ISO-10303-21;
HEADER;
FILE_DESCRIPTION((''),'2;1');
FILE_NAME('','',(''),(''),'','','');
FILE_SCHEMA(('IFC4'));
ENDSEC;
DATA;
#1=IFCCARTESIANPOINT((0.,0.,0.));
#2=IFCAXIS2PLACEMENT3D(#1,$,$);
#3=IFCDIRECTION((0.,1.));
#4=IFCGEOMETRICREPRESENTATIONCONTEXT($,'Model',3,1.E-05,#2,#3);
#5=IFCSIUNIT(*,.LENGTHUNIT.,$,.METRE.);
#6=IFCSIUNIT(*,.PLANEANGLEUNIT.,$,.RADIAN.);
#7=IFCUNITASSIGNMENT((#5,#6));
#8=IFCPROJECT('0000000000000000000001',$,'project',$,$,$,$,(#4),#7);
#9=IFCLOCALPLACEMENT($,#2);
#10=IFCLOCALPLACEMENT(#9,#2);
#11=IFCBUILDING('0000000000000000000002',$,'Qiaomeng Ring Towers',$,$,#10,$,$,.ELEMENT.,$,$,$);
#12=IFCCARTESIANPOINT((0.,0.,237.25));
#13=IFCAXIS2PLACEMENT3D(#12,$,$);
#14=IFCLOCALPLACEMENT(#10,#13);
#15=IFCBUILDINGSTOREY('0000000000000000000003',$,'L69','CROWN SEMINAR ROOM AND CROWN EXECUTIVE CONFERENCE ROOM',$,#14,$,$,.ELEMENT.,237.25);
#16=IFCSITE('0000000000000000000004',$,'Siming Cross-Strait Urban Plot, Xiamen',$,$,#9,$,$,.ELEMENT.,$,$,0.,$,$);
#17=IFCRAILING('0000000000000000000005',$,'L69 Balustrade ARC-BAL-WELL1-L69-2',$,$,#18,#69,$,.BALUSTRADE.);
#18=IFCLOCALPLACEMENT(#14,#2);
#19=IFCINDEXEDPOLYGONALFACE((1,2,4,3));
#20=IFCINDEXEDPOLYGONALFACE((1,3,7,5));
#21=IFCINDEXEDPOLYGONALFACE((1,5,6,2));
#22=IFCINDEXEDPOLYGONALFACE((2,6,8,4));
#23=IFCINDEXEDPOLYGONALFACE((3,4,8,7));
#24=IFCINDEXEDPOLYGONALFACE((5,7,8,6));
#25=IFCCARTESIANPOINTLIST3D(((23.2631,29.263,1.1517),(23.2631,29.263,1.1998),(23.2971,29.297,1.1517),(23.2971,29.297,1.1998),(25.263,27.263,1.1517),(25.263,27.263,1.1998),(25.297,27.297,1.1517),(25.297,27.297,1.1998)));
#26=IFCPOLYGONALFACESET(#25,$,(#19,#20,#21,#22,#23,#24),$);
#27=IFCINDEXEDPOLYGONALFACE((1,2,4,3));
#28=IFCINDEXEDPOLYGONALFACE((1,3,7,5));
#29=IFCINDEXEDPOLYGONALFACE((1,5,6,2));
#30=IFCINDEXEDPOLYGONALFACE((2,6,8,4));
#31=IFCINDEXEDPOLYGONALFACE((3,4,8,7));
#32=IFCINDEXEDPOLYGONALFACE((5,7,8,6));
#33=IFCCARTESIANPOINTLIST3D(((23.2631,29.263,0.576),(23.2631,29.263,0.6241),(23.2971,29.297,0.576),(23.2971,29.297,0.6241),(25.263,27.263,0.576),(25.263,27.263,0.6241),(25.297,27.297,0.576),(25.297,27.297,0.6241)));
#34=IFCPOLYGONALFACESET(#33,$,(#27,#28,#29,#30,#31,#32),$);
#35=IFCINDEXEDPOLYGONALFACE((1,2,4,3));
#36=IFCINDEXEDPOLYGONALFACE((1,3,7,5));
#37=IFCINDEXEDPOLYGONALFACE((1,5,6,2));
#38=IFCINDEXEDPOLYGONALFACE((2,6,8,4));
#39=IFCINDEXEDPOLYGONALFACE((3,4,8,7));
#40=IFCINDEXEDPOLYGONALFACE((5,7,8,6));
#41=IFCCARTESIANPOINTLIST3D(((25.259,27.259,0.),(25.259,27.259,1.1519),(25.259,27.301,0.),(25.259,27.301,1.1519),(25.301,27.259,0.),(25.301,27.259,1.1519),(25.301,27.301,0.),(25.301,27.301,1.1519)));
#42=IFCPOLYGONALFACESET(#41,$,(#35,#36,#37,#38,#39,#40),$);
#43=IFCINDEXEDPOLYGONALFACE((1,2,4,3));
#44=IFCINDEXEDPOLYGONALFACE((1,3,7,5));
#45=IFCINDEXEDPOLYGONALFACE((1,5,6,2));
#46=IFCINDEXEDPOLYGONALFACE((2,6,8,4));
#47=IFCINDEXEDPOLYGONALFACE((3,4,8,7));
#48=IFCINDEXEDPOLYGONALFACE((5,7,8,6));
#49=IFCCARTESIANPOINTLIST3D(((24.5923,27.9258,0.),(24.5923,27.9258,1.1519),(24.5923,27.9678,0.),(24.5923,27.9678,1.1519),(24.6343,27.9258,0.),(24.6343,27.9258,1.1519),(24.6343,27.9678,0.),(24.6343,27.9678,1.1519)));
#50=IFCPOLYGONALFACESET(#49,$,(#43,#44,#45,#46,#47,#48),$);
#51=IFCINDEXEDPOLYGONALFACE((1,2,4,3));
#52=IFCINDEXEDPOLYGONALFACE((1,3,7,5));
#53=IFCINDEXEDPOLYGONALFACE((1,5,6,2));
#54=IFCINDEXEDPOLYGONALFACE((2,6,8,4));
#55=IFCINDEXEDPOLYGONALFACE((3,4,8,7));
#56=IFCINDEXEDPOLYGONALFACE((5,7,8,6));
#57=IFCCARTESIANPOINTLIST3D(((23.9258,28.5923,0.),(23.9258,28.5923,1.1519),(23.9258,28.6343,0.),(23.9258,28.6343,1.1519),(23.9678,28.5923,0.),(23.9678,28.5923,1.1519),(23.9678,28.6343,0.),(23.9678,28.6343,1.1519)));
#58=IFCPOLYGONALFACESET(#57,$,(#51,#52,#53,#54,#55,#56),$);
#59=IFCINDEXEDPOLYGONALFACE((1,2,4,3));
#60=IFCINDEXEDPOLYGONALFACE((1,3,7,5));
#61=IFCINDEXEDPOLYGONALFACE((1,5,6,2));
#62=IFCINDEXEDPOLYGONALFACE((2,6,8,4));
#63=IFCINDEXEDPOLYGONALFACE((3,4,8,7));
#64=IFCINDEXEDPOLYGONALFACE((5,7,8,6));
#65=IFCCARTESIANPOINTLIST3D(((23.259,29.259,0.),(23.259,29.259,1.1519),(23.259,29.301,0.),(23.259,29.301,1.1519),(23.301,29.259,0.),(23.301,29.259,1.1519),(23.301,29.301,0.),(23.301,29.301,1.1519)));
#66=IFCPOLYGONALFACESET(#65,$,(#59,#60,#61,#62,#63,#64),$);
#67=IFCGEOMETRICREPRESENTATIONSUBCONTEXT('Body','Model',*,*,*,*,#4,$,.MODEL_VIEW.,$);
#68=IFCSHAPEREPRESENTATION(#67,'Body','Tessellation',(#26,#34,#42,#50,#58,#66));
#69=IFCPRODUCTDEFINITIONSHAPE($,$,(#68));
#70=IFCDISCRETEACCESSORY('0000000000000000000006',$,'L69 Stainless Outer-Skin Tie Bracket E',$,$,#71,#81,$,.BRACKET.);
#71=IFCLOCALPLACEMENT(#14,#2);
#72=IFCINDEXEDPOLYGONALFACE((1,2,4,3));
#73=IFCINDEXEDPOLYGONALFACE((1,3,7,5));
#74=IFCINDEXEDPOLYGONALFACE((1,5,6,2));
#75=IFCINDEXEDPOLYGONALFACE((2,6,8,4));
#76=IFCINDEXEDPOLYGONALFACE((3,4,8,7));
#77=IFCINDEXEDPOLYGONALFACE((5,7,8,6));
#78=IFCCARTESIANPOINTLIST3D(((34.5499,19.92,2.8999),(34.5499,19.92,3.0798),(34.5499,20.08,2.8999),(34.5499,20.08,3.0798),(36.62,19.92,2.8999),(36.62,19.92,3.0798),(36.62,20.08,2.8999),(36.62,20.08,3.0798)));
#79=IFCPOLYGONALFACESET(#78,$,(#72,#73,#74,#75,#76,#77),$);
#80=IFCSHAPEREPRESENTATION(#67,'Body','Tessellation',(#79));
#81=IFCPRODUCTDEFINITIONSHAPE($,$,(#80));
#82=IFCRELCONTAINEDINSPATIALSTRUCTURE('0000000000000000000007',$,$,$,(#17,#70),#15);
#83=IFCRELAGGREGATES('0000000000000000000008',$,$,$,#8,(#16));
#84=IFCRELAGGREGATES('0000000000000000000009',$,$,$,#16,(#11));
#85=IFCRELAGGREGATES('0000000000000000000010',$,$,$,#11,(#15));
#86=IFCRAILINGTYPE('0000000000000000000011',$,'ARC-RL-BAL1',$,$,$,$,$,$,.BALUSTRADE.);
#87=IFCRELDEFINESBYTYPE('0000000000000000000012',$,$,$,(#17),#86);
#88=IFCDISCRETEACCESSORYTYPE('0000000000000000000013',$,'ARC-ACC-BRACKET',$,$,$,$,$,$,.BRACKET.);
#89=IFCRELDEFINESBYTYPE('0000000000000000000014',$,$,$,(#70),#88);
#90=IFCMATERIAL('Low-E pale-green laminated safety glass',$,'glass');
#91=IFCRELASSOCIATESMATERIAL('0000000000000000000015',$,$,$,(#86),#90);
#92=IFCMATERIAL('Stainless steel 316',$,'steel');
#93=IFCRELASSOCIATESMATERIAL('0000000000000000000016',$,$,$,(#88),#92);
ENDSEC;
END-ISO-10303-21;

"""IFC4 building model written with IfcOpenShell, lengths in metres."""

from ifc_helpers import new_model, si_unit, direction, frame, origin, origin_2d, place, context, subcontext, project, spatial, rectangle, extrude, source, transform, mapped, material, type_object, element, save


model = new_model("IFC4")

# Units and contexts
model_context = context("Model", 3, precision=1e-05, world=origin(), true_north=direction((0.0, 1.0)))
body_context = subcontext(model_context, "Body", "Model", "MODEL_VIEW")
ifc_project = project(units=[si_unit("LENGTHUNIT", "METRE"), si_unit("PLANEANGLEUNIT", "RADIAN")], contexts=[model_context])

# Site, building, storey
site_placement = place(None, origin())
site = spatial("IfcSite", under=ifc_project, at=site_placement, Name="Siming Cross-Strait Urban Plot, Xiamen", CompositionType="ELEMENT", RefElevation=0.0)
building_placement = place(site_placement, origin())
building = spatial("IfcBuilding", under=site, at=building_placement, Name="Qiaomeng Ring Towers", CompositionType="ELEMENT")
storey_placement = place(building_placement, frame((0.0, 0.0, 237.25)))
storey = spatial("IfcBuildingStorey", under=building, at=storey_placement, Name="L69", Description="CROWN SEMINAR ROOM AND CROWN EXECUTIVE CONFERENCE ROOM", CompositionType="ELEMENT", Elevation=237.25)

# Shared definitions
ifc_material_1 = material(Name="Stainless steel 316", Category="steel")

# Railing
ifc_material_2 = material(Name="Low-E pale-green laminated safety glass", Category="glass")
railing_type = type_object("IfcRailingType", Name="ARC-RL-BAL1", PredefinedType="BALUSTRADE", material=ifc_material_2)
railing_placement = place(storey_placement, frame((25.28, 27.28, 0.0)))
element("IfcRailing", 1, at=railing_placement, inside=storey, type_object=railing_type, Name="L69 Balustrade ARC-BAL-WELL1-L69-2", PredefinedType="BALUSTRADE", context=body_context, shape_type="SweptSolid", body=[
    extrude(rectangle(XDim=0.0481, YDim=0.0481, at=origin_2d()), frame((0.0, 0.0, 1.1758), z_axis=(-0.707107, 0.707107, 0.0), x_axis=(-0.707107, -0.707107, 0.0)), (0.0, 0.0, 1.0), 2.8284),
    extrude(rectangle(XDim=0.0481, YDim=0.0481, at=origin_2d()), frame((0.0, 0.0, 0.6001), z_axis=(-0.707107, 0.707107, 0.0), x_axis=(-0.707107, -0.707107, 0.0)), (0.0, 0.0, 1.0), 2.8284),
    extrude(rectangle(XDim=0.042, YDim=0.042, at=origin_2d()), origin(), (0.0, 0.0, 1.0), 1.1519),
    extrude(rectangle(XDim=0.042, YDim=0.042, at=origin_2d()), frame((-0.6667, 0.6667, 0.0)), (0.0, 0.0, 1.0), 1.1519),
    extrude(rectangle(XDim=0.042, YDim=0.042, at=origin_2d()), frame((-1.3333, 1.3333, 0.0)), (0.0, 0.0, 1.0), 1.1519),
    extrude(rectangle(XDim=0.042, YDim=0.042, at=origin_2d()), frame((-2.0, 2.0, 0.0)), (0.0, 0.0, 1.0), 1.1519),
])

# Discrete accessory
discrete_accessory_type = type_object("IfcDiscreteAccessoryType", Name="ARC-ACC-BRACKET", PredefinedType="BRACKET", material=ifc_material_1)
shared_shape_1 = source(origin(), body_context, "Body", "SweptSolid", [
    extrude(rectangle(XDim=2.0701, YDim=0.1599, at=origin_2d()), origin(), (0.0, 0.0, 1.0), 0.1799),
])
discrete_accessory_placement = place(storey_placement, frame((35.585, 20.0, 2.8999), z_axis=(0.0, 0.0, 1.0), x_axis=(1.0, 0.0, 0.0)))
element("IfcDiscreteAccessory", 2, at=discrete_accessory_placement, inside=storey, type_object=discrete_accessory_type, Name="L69 Stainless Outer-Skin Tie Bracket E", PredefinedType="BRACKET", context=body_context, shape_type="MappedRepresentation", body=[
    mapped(shared_shape_1, transform((0.0, 0.0, 0.0), x_axis=(1.0, 0.0, 0.0), y_axis=(0.0, 1.0, 0.0), z_axis=(0.0, 0.0, 1.0), scale=1.0)),
])

save(model, "model.ifc")
